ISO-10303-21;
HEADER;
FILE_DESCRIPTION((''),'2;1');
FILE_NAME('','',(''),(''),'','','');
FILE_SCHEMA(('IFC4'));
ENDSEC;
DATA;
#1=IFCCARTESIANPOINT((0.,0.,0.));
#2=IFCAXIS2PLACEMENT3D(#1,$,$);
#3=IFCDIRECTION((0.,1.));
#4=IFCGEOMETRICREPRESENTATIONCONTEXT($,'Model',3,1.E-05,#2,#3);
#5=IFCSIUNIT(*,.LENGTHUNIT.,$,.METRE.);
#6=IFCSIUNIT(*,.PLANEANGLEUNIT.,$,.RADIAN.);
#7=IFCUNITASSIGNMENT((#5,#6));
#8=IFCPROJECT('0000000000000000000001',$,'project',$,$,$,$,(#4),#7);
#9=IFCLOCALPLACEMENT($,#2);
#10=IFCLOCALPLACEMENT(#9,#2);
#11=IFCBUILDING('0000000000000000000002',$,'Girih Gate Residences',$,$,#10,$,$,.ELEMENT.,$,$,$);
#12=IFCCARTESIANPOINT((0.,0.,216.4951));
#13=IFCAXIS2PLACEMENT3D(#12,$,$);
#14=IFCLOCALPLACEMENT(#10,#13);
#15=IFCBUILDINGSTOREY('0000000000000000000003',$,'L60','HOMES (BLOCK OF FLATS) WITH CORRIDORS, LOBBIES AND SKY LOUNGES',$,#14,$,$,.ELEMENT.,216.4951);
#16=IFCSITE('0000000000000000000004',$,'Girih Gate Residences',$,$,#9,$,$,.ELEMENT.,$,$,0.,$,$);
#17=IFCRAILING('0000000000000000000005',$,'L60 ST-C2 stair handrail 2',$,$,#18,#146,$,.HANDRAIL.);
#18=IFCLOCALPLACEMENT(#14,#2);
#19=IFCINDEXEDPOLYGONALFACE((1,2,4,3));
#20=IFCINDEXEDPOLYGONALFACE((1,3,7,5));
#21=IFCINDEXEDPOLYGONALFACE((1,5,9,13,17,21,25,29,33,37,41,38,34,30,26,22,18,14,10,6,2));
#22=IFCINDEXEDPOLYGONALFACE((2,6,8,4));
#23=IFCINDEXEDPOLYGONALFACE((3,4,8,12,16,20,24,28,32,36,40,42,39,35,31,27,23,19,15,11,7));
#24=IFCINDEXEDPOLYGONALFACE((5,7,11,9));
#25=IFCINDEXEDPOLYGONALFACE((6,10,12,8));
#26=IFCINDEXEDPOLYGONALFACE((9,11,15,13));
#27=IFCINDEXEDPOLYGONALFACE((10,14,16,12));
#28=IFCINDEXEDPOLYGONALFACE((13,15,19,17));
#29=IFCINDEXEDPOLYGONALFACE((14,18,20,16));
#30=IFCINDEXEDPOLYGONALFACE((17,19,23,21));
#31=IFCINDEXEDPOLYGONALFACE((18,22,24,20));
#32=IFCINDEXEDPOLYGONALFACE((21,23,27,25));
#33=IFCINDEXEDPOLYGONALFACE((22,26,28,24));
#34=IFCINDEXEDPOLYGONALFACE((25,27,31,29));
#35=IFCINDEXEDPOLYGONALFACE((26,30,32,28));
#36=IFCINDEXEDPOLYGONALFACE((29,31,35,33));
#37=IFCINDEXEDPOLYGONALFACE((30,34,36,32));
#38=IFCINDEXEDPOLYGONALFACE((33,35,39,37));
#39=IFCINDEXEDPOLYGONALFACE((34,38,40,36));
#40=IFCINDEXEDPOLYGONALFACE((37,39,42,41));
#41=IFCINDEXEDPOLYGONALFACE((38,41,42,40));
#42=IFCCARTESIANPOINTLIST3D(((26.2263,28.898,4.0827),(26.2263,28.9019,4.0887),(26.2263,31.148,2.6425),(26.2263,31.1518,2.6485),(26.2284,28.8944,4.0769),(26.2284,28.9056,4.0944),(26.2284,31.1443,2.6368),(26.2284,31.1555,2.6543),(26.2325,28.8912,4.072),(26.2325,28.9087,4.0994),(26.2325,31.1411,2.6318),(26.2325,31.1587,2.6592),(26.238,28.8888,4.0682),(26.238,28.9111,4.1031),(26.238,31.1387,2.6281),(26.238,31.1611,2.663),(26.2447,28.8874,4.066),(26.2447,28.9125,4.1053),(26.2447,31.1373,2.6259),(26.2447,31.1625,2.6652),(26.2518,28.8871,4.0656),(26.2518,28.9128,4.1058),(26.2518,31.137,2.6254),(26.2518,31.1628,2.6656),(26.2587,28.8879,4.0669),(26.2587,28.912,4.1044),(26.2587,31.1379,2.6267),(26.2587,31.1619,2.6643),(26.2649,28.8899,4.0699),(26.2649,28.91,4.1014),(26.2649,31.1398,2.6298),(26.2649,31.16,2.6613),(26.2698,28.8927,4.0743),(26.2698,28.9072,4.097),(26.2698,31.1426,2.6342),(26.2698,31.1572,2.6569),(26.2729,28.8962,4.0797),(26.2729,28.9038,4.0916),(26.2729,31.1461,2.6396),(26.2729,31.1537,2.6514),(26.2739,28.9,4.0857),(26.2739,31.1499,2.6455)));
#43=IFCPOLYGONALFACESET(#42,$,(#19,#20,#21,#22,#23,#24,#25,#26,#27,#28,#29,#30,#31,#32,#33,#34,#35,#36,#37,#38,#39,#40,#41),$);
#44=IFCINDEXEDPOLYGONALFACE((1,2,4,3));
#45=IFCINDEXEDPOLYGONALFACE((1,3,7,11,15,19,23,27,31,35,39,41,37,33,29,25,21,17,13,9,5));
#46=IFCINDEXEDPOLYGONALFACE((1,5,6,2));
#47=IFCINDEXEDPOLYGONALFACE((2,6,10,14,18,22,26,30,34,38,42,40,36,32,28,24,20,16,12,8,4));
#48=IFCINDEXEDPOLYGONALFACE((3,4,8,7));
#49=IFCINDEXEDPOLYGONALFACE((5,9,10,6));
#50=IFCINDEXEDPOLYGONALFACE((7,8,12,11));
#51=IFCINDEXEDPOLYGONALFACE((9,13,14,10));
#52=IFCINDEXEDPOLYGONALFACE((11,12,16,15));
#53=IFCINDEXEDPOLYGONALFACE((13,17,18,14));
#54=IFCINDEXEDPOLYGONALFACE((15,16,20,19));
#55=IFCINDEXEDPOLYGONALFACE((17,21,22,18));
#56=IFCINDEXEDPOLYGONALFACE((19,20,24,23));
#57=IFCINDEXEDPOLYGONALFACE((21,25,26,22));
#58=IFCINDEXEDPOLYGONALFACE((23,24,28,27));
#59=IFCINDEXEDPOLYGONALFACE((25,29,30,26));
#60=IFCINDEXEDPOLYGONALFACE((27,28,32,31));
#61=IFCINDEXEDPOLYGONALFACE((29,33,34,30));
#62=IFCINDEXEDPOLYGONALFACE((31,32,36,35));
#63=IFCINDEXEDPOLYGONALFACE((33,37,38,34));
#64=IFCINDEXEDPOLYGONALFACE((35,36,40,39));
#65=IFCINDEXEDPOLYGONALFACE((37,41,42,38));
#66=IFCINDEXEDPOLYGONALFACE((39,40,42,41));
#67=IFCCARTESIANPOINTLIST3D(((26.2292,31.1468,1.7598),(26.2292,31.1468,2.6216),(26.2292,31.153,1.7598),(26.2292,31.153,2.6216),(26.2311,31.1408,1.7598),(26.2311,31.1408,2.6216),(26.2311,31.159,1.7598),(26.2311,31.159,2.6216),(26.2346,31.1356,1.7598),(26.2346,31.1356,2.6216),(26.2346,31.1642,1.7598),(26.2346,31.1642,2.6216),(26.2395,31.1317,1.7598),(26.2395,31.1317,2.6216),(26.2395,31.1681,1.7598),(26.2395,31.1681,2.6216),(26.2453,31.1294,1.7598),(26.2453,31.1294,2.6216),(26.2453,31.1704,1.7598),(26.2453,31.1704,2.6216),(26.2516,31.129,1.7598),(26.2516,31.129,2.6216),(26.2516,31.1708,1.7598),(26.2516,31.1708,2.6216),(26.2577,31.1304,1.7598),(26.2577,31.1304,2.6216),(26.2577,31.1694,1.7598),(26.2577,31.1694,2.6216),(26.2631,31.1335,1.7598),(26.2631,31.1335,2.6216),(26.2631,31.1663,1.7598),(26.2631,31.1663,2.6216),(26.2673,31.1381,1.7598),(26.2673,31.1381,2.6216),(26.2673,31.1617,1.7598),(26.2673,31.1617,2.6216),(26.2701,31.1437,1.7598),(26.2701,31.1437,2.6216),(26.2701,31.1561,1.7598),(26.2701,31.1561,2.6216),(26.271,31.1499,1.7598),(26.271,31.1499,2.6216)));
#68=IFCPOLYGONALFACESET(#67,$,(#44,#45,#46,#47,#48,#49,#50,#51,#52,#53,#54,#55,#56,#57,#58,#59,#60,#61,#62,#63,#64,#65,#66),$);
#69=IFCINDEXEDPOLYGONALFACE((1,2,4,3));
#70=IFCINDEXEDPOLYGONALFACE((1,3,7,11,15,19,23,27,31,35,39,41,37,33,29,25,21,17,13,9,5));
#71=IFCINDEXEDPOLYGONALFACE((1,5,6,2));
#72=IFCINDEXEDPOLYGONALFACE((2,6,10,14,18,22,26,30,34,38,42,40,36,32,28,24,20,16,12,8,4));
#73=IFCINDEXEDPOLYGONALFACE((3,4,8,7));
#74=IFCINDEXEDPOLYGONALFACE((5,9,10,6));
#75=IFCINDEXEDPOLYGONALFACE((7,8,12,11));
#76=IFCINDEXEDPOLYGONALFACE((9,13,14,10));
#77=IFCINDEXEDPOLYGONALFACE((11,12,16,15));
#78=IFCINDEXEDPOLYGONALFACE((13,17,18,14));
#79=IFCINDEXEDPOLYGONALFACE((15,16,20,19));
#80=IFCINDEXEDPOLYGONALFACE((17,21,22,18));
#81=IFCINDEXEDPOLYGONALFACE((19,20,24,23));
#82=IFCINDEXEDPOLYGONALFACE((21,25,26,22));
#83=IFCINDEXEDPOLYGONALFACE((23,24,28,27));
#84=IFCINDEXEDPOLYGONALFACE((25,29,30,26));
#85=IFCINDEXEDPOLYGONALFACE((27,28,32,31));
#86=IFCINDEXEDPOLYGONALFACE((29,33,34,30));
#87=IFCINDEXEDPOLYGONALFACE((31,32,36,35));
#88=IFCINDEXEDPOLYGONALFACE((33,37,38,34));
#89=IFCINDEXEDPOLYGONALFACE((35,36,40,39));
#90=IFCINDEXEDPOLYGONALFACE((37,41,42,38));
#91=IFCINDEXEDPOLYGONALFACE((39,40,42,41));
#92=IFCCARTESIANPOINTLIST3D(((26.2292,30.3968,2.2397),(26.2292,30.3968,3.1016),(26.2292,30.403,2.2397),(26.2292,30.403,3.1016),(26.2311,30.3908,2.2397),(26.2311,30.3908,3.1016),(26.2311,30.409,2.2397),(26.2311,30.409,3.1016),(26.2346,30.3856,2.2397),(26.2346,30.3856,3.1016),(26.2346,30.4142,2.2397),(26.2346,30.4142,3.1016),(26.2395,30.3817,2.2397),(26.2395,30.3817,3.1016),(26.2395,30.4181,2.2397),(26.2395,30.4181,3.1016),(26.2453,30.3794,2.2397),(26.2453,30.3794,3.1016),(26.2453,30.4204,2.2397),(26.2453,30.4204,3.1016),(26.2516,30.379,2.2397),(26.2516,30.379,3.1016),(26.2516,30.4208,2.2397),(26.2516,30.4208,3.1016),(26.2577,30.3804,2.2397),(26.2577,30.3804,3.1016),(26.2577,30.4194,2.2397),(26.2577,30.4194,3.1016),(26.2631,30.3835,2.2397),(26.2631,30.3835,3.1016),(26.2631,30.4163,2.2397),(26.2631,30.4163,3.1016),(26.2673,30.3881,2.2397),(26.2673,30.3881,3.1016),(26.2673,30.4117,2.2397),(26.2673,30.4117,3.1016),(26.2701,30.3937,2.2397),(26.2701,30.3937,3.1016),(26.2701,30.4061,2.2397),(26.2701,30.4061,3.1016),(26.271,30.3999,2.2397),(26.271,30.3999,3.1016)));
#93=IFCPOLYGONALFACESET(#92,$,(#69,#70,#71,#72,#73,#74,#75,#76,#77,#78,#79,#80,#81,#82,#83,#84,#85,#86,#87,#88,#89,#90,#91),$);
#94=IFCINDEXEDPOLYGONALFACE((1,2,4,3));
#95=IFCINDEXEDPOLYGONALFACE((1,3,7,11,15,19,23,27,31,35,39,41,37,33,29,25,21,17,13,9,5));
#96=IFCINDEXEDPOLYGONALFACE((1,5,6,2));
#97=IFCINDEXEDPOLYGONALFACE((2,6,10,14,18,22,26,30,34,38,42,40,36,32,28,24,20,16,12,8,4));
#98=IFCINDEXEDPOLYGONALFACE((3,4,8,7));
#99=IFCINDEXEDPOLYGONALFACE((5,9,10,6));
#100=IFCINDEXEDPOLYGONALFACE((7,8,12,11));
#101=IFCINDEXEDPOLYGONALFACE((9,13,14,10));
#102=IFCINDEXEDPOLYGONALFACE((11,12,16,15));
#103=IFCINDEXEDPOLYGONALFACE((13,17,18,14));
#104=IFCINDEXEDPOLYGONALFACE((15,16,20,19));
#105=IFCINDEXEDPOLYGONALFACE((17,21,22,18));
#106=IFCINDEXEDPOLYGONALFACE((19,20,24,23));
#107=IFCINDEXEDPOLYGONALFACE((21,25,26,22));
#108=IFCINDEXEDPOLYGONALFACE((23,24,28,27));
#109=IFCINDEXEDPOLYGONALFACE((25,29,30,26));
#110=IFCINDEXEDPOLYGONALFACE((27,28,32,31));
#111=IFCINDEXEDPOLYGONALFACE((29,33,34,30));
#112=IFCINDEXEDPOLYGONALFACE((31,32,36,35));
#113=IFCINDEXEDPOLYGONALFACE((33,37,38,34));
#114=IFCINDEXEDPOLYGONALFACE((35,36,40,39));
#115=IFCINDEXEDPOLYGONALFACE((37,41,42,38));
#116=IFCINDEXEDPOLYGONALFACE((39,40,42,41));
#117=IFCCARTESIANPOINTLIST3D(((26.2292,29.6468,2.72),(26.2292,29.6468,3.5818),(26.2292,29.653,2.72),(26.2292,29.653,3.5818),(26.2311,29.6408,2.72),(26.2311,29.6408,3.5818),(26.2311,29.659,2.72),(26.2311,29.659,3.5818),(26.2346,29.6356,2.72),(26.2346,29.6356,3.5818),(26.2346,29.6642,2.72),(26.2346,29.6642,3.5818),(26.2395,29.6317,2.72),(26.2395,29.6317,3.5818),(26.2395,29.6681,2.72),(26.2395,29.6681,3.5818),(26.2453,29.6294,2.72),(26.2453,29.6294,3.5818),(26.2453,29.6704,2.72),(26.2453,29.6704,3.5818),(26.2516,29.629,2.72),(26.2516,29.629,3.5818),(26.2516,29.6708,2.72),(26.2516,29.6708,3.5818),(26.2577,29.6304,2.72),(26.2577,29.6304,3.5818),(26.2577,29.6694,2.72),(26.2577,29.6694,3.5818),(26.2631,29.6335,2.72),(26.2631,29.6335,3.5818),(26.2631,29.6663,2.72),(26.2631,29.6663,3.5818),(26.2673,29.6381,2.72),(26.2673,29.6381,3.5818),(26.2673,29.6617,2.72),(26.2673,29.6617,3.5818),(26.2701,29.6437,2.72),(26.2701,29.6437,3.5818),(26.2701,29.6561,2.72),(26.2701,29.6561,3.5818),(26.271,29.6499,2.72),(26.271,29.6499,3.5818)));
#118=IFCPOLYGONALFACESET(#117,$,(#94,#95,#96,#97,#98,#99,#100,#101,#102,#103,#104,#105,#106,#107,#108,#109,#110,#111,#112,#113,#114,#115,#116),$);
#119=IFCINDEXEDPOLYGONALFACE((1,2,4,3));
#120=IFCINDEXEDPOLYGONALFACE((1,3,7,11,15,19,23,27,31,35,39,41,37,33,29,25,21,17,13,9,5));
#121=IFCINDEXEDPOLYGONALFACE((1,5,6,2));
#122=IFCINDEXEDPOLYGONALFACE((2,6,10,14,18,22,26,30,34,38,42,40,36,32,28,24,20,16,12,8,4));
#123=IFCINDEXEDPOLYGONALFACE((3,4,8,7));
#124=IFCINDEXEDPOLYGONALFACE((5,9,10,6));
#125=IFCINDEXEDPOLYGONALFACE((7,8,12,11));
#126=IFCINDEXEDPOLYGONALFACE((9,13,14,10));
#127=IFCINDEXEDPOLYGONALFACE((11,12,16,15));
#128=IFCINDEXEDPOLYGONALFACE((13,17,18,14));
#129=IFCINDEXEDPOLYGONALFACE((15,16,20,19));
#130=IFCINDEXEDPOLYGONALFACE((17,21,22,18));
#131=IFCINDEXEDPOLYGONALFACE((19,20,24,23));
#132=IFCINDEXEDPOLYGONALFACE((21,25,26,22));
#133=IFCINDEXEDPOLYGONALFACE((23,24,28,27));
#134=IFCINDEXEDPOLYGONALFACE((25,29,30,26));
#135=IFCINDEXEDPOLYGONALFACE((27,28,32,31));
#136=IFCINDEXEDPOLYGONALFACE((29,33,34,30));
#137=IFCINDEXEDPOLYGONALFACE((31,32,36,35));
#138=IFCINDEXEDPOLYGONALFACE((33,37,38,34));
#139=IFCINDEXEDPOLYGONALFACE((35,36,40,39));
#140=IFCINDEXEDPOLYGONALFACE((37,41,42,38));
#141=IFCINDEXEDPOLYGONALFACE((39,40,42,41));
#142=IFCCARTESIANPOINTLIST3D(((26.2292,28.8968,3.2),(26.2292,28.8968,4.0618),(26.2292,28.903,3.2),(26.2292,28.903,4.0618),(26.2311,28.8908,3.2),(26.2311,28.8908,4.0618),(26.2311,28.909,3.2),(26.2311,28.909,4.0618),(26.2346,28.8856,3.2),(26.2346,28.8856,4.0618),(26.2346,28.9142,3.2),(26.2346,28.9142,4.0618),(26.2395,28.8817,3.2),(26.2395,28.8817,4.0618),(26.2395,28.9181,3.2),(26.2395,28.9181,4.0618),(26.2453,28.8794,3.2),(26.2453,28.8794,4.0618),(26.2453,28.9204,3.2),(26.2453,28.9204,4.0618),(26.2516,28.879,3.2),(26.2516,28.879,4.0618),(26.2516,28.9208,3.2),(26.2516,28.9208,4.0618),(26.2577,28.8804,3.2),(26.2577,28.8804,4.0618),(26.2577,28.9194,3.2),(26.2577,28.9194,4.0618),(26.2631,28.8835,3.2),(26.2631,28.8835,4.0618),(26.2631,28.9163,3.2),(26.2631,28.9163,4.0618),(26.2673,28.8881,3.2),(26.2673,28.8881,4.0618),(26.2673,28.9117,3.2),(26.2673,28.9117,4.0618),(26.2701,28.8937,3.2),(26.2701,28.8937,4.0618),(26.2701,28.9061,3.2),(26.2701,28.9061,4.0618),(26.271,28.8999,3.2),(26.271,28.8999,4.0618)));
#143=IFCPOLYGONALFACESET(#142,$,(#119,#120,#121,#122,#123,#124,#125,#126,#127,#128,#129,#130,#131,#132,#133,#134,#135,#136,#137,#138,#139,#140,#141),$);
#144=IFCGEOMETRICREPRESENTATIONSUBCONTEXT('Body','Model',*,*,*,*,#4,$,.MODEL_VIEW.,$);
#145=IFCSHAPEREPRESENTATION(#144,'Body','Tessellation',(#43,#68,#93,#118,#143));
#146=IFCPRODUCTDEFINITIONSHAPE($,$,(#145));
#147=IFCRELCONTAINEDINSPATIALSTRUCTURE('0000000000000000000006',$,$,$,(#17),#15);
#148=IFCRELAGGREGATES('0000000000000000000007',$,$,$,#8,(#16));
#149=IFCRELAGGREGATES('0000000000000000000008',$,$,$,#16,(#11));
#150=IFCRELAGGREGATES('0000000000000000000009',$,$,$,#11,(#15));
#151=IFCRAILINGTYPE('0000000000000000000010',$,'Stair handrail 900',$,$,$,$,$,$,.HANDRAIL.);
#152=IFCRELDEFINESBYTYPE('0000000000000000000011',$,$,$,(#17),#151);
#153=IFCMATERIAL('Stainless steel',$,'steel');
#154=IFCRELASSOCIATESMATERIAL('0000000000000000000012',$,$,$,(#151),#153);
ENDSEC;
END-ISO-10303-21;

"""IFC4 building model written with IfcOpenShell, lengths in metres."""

from ifc_helpers import new_model, si_unit, direction, frame, origin, origin_2d, place, context, subcontext, project, spatial, circle, extrude, material, type_object, element, save


model = new_model("IFC4")

# Units and contexts
model_context = context("Model", 3, precision=1e-05, world=origin(), true_north=direction((0.0, 1.0)))
body_context = subcontext(model_context, "Body", "Model", "MODEL_VIEW")
ifc_project = project(units=[si_unit("LENGTHUNIT", "METRE"), si_unit("PLANEANGLEUNIT", "RADIAN")], contexts=[model_context])

# Site, building, storey
site_placement = place(None, origin())
site = spatial("IfcSite", under=ifc_project, at=site_placement, Name="Girih Gate Residences", CompositionType="ELEMENT", RefElevation=0.0)
building_placement = place(site_placement, origin())
building = spatial("IfcBuilding", under=site, at=building_placement, Name="Girih Gate Residences", CompositionType="ELEMENT")
storey_placement = place(building_placement, frame((0.0, 0.0, 216.4951)))
storey = spatial("IfcBuildingStorey", under=building, at=storey_placement, Name="L60", Description="HOMES (BLOCK OF FLATS) WITH CORRIDORS, LOBBIES AND SKY LOUNGES", CompositionType="ELEMENT", Elevation=216.4951)

# Railing
ifc_material_1 = material(Name="Stainless steel", Category="steel")
railing_type_1 = type_object("IfcRailingType", Name="Stair handrail 900", PredefinedType="HANDRAIL", material=ifc_material_1)
railing_1_placement = place(storey_placement, frame((26.25, 31.1499, 1.7598)))
element("IfcRailing", 1, at=railing_1_placement, inside=storey, type_object=railing_type_1, Name="L60 ST-C2 stair handrail 2", PredefinedType="HANDRAIL", context=body_context, shape_type="SweptSolid", body=[
    extrude(circle(Radius=0.0239, at=origin_2d()), frame((0.0, 0.0, 0.8857), z_axis=(0.0, -0.84224, 0.539103), x_axis=(1.0, 0.0, 0.0)), (0.0, 0.0, 1.0), 2.6714),
    extrude(circle(Radius=0.021, at=origin_2d()), origin(), (0.0, 0.0, 1.0), 0.8618),
    extrude(circle(Radius=0.021, at=origin_2d()), frame((0.0, -0.75, 0.48)), (0.0, 0.0, 1.0), 0.8618),
    extrude(circle(Radius=0.021, at=origin_2d()), frame((0.0, -1.5, 0.9602)), (0.0, 0.0, 1.0), 0.8618),
    extrude(circle(Radius=0.021, at=origin_2d()), frame((0.0, -2.25, 1.4402)), (0.0, 0.0, 1.0), 0.8618),
])

save(model, "model.ifc")
